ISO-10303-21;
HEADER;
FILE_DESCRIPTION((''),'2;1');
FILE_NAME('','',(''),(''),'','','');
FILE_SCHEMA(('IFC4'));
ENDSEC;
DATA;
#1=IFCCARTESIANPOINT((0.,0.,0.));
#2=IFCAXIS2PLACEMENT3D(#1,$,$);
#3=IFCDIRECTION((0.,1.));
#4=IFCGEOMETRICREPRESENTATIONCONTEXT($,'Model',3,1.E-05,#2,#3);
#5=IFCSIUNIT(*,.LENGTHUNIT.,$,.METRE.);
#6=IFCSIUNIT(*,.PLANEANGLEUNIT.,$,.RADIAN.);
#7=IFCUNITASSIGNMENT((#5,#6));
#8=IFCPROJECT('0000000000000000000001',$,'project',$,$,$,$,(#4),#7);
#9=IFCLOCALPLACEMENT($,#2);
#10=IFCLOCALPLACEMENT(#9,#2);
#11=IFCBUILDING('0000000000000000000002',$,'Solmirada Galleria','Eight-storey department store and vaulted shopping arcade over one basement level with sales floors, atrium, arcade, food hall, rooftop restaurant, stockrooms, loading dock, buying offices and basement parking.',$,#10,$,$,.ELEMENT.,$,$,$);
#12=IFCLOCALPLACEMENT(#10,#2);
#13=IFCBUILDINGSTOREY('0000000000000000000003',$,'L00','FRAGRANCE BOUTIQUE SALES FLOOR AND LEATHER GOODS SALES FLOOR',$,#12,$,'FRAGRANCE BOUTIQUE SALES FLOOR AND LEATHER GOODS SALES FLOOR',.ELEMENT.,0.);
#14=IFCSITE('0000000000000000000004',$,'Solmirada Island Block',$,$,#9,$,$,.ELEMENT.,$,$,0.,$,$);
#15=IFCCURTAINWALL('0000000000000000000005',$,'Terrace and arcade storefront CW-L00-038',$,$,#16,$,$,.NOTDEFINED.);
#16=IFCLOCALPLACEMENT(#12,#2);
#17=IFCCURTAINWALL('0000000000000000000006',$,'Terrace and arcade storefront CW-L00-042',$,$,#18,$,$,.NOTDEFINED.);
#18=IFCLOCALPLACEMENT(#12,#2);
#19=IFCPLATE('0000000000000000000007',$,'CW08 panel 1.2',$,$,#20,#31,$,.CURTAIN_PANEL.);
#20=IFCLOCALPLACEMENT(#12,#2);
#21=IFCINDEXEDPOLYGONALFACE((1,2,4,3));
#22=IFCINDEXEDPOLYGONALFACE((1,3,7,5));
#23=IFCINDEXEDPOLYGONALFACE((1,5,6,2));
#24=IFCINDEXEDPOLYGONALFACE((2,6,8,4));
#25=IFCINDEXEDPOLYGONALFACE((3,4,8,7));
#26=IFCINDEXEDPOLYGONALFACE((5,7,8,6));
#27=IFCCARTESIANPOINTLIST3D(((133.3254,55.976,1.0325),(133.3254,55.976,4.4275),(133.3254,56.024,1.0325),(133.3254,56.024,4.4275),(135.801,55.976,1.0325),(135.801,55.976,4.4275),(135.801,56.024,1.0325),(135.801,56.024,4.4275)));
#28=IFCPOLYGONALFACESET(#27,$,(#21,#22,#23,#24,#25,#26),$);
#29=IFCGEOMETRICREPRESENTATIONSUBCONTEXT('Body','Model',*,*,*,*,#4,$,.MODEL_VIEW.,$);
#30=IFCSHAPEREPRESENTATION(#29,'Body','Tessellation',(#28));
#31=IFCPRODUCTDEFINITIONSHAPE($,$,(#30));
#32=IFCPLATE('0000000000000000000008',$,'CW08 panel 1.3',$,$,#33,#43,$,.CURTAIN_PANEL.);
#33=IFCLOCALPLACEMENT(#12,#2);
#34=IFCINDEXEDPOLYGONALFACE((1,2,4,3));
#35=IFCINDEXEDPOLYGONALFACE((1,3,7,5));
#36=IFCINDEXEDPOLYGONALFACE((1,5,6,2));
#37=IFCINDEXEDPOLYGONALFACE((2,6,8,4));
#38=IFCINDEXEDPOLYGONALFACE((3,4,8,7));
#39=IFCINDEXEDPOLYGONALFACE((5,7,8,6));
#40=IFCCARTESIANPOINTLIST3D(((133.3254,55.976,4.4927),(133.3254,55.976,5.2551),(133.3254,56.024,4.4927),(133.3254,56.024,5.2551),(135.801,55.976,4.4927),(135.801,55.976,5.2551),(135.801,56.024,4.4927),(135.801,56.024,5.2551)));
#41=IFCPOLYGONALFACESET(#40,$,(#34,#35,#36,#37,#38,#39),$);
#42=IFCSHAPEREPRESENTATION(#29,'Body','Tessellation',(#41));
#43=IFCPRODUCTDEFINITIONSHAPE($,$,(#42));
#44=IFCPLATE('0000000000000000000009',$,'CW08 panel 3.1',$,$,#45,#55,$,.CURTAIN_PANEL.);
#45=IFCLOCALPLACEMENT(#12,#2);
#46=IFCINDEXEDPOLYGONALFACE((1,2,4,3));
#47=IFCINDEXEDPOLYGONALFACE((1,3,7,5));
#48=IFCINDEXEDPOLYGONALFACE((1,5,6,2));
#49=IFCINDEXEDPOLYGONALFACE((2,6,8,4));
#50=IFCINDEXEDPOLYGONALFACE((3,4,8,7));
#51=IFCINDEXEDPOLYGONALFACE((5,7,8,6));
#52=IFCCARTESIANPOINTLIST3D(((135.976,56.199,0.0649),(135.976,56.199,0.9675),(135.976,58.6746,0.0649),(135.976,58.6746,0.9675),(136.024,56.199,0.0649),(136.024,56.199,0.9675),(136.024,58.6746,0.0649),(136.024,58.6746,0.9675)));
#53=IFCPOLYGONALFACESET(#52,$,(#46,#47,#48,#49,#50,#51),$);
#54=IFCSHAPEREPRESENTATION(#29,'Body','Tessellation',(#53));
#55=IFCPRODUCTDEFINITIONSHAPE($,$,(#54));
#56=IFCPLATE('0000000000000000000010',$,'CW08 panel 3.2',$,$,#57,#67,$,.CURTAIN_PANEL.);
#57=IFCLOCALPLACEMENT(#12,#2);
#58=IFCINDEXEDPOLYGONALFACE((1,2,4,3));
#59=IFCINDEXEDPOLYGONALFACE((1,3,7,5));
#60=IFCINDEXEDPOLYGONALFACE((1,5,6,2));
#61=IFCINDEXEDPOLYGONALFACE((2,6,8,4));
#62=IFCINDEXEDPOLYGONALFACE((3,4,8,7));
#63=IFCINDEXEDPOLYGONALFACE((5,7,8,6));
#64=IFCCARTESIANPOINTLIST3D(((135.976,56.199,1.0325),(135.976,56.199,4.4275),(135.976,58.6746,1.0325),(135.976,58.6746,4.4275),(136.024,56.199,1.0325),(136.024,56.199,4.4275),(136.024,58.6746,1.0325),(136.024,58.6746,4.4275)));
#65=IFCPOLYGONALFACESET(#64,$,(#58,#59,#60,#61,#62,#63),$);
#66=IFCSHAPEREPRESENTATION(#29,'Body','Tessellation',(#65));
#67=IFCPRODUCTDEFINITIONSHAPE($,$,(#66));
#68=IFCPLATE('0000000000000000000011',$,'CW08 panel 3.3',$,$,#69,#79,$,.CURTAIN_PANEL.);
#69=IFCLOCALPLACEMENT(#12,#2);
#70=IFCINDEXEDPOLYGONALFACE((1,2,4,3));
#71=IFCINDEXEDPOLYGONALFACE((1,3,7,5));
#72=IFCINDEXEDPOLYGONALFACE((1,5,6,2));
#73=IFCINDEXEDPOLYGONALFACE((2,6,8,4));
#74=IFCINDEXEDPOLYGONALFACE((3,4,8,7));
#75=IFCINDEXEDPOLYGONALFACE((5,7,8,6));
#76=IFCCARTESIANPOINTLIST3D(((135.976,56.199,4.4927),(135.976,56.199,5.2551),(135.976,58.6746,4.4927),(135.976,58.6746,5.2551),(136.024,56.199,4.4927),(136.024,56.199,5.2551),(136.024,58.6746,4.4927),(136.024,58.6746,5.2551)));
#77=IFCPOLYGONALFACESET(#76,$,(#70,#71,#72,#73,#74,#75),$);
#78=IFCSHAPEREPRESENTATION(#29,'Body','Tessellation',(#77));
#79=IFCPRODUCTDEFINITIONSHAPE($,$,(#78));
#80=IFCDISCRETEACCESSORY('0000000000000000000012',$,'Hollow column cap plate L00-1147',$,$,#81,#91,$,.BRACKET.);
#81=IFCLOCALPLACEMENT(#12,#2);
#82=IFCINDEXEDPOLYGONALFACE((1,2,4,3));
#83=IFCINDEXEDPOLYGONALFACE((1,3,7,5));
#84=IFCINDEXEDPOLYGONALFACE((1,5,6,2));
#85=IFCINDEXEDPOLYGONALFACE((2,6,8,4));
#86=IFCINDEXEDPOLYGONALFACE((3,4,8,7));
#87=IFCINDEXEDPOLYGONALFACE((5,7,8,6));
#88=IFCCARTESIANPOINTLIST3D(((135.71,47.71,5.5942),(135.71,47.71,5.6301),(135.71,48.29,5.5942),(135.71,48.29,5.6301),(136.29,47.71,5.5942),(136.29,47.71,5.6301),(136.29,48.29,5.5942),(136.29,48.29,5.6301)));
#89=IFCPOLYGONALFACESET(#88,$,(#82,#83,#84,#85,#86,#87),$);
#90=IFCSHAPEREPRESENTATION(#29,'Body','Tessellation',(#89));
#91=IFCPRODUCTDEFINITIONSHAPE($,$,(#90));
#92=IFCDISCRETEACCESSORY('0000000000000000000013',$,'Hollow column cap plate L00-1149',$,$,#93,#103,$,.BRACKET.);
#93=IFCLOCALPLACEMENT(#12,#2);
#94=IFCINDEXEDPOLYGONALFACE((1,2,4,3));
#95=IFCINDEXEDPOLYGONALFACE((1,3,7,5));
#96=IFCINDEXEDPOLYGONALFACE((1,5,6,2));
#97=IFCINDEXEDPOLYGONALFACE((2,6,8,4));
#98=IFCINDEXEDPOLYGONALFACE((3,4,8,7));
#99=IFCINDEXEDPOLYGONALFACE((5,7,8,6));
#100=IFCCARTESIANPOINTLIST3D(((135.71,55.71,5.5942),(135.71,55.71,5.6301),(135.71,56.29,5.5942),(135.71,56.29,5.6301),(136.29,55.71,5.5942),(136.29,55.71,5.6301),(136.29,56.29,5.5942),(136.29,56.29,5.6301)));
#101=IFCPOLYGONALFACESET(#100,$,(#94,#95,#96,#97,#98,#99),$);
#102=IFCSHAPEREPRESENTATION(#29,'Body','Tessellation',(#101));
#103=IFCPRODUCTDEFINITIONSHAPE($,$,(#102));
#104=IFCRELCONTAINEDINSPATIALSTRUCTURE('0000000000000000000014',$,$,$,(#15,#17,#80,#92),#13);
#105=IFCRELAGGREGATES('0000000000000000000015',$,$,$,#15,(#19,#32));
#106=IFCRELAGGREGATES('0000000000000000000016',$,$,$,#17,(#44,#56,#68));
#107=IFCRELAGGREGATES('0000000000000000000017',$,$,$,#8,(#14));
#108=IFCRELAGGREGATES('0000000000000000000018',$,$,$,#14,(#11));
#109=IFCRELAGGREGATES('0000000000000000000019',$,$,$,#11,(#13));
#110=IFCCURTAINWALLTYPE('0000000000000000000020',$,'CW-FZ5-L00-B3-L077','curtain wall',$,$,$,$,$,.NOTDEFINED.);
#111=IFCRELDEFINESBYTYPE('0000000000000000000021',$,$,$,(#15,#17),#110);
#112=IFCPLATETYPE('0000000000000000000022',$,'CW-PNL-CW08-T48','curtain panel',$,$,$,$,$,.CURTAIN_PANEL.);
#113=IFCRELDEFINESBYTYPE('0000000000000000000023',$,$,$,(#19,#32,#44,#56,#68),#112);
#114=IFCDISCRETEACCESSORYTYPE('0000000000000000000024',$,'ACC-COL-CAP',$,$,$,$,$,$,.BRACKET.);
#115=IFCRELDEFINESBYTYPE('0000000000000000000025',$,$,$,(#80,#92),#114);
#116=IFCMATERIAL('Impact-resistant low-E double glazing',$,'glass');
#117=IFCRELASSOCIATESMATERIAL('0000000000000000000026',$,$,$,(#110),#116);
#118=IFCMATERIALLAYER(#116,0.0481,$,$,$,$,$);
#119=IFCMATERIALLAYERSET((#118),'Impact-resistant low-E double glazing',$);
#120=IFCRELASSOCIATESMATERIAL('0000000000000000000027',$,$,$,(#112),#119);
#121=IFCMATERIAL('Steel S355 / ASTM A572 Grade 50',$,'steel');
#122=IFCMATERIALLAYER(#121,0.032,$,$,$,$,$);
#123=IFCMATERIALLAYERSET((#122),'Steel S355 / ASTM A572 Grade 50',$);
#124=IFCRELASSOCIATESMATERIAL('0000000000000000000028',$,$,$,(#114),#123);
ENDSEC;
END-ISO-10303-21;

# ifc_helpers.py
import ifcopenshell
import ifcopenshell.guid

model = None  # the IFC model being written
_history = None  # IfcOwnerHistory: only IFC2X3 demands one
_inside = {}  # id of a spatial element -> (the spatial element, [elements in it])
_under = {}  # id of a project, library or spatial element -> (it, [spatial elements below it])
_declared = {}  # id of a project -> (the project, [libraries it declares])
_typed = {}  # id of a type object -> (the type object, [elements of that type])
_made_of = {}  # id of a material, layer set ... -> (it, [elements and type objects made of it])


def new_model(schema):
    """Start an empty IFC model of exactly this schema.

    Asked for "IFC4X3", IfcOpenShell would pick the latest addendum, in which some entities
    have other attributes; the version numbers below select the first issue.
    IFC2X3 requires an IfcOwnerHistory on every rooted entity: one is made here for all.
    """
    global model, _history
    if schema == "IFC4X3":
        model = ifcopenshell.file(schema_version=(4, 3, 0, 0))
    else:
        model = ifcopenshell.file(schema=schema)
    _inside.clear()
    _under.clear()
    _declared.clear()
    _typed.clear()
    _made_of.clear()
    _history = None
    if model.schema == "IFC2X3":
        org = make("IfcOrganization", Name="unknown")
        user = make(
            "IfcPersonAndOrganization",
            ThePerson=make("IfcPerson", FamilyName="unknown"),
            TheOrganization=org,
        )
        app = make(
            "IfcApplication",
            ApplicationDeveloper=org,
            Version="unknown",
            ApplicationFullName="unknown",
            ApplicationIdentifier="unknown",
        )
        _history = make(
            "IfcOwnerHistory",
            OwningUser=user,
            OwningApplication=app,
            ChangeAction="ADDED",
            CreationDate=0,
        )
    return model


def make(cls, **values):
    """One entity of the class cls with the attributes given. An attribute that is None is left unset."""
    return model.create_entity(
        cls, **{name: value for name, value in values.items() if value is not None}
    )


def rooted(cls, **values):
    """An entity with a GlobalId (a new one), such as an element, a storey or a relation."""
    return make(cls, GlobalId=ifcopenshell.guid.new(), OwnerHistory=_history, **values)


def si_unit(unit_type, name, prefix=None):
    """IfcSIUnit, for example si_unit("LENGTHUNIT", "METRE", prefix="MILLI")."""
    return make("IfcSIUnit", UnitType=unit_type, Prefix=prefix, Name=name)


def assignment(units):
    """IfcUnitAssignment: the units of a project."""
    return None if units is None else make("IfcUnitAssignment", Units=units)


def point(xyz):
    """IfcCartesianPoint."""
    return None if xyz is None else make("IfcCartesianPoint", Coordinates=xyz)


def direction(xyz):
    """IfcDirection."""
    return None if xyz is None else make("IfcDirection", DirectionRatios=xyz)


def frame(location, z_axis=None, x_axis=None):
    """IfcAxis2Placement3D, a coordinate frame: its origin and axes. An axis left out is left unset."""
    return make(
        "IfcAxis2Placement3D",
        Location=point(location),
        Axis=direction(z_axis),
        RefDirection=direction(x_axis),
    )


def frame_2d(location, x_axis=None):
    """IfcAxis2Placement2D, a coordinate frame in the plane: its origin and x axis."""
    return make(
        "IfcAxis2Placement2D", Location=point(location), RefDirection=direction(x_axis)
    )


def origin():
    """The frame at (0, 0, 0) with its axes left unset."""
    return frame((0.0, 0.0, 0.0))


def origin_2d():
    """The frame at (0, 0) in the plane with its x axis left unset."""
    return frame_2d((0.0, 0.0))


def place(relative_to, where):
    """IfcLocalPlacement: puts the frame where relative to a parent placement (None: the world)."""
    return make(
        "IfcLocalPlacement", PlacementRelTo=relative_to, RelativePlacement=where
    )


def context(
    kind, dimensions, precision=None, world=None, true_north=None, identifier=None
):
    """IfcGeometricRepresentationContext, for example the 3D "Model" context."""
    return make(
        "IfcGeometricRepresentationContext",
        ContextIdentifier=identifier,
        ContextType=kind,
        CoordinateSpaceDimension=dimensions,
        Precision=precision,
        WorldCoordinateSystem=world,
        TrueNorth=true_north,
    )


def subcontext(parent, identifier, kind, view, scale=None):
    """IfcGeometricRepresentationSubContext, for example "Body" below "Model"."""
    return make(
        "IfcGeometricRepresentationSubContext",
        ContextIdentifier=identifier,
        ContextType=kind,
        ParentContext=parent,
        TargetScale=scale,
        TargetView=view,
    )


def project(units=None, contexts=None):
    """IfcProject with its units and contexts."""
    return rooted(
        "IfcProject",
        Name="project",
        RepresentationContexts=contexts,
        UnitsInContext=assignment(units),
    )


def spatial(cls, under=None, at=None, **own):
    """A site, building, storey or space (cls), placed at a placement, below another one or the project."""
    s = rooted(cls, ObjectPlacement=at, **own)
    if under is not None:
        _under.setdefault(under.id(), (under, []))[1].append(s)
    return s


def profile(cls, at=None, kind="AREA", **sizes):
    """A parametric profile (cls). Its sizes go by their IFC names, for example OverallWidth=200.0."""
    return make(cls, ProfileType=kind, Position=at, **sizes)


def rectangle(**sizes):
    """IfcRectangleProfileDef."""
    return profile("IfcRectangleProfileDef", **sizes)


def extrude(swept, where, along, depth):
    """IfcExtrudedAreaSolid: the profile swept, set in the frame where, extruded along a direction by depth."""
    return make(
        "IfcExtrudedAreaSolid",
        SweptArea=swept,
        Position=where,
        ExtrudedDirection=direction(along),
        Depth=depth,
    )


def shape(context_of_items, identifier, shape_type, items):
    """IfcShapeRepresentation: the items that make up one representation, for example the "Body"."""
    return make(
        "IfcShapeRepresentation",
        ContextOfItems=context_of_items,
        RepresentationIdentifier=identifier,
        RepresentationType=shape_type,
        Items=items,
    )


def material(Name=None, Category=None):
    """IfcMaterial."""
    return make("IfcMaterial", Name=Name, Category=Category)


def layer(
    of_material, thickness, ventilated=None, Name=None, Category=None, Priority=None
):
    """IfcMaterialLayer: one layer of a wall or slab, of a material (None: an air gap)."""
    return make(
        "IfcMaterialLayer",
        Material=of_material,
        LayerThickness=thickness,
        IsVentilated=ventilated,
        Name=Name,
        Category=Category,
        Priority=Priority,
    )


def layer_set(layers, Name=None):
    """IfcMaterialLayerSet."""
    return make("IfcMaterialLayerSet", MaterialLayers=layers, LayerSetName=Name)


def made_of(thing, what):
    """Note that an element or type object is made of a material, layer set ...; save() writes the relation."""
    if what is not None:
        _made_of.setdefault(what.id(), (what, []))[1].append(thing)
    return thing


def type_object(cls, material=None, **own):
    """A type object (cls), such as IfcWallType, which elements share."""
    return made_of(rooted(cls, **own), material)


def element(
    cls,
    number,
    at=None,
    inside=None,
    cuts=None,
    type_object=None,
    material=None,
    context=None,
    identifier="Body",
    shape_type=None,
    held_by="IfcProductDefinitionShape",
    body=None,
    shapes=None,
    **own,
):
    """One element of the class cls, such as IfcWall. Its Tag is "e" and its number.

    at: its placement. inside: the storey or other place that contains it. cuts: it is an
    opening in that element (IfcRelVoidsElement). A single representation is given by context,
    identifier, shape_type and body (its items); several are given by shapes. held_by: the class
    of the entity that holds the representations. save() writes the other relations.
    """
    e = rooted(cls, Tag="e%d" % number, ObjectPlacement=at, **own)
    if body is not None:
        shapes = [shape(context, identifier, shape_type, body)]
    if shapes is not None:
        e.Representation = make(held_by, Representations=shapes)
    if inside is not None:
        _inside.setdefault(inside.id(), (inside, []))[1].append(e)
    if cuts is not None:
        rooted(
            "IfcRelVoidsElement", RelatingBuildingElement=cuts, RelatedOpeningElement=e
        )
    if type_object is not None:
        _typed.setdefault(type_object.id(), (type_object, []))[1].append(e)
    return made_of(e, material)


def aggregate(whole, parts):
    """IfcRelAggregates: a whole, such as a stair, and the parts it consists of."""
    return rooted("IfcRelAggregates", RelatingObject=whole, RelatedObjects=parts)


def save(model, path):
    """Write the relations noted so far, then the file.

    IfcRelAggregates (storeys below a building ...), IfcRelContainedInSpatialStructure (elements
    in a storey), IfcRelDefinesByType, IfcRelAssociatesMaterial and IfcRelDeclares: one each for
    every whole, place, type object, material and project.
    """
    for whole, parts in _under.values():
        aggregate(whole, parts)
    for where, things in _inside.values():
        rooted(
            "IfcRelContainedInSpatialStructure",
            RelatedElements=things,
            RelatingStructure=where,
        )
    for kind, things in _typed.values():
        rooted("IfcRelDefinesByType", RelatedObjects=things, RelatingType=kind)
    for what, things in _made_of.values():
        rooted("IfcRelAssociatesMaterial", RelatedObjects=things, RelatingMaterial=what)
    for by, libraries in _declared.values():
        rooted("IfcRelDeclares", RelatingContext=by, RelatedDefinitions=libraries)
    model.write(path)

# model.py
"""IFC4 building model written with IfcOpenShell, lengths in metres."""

from ifc_helpers import new_model, si_unit, direction, frame, origin, origin_2d, place, context, subcontext, project, spatial, rectangle, extrude, material, layer, layer_set, type_object, element, aggregate, save


model = new_model("IFC4")

# Units and contexts
model_context = context("Model", 3, precision=1e-05, world=origin(), true_north=direction((0.0, 1.0)))
body_context = subcontext(model_context, "Body", "Model", "MODEL_VIEW")
ifc_project = project(units=[si_unit("LENGTHUNIT", "METRE"), si_unit("PLANEANGLEUNIT", "RADIAN")], contexts=[model_context])

# Site, building, storey
site_placement = place(None, origin())
site = spatial("IfcSite", under=ifc_project, at=site_placement, Name="Solmirada Island Block", CompositionType="ELEMENT", RefElevation=0.0)
building_placement = place(site_placement, origin())
building = spatial("IfcBuilding", under=site, at=building_placement, Name="Solmirada Galleria", Description="Eight-storey department store and vaulted shopping arcade over one basement level with sales floors, atrium, arcade, food hall, rooftop restaurant, stockrooms, loading dock, buying offices and basement parking.", CompositionType="ELEMENT")
storey_placement = place(building_placement, origin())
storey = spatial("IfcBuildingStorey", under=building, at=storey_placement, Name="L00", Description="FRAGRANCE BOUTIQUE SALES FLOOR AND LEATHER GOODS SALES FLOOR", LongName="FRAGRANCE BOUTIQUE SALES FLOOR AND LEATHER GOODS SALES FLOOR", CompositionType="ELEMENT", Elevation=0.0)

# Curtain walls
ifc_material_1 = material(Name="Impact-resistant low-E double glazing", Category="glass")
curtain_wall_type = type_object("IfcCurtainWallType", Name="CW-FZ5-L00-B3-L077", Description="curtain wall", PredefinedType="NOTDEFINED", material=ifc_material_1)
curtain_wall_1_placement = place(storey_placement, origin())
curtain_wall_1 = element("IfcCurtainWall", 1, at=curtain_wall_1_placement, inside=storey, type_object=curtain_wall_type, Name="Terrace and arcade storefront CW-L00-038", PredefinedType="NOTDEFINED")
curtain_wall_2_placement = place(storey_placement, origin())
curtain_wall_2 = element("IfcCurtainWall", 2, at=curtain_wall_2_placement, inside=storey, type_object=curtain_wall_type, Name="Terrace and arcade storefront CW-L00-042", PredefinedType="NOTDEFINED")

# Plates
ifc_layer_1 = layer(ifc_material_1, 0.0481)
ifc_layer_set_1 = layer_set([ifc_layer_1], Name="Impact-resistant low-E double glazing")
plate_type = type_object("IfcPlateType", Name="CW-PNL-CW08-T48", Description="curtain panel", PredefinedType="CURTAIN_PANEL", material=ifc_layer_set_1)
plate_1_placement = place(storey_placement, frame((134.5632, 56.0, 1.0325), z_axis=(0.0, 0.0, 1.0), x_axis=(-1.0, 0.0, 0.0)))
plate_1 = element("IfcPlate", 3, at=plate_1_placement, type_object=plate_type, Name="CW08 panel 1.2", PredefinedType="CURTAIN_PANEL", context=body_context, shape_type="SweptSolid", body=[
    extrude(rectangle(XDim=2.4756, YDim=0.0481, at=origin_2d()), origin(), (0.0, 0.0, 1.0), 3.395),
])
plate_2_placement = place(storey_placement, frame((134.5632, 56.0, 4.4927), z_axis=(0.0, 0.0, 1.0), x_axis=(-1.0, 0.0, 0.0)))
plate_2 = element("IfcPlate", 4, at=plate_2_placement, type_object=plate_type, Name="CW08 panel 1.3", PredefinedType="CURTAIN_PANEL", context=body_context, shape_type="SweptSolid", body=[
    extrude(rectangle(XDim=2.4756, YDim=0.0481, at=origin_2d()), origin(), (0.0, 0.0, 1.0), 0.7625),
])
aggregate(curtain_wall_1, [plate_1, plate_2])
plate_3_placement = place(storey_placement, frame((136.0, 57.4368, 0.0649), z_axis=(0.0, 0.0, 1.0), x_axis=(0.0, -1.0, 0.0)))
plate_3 = element("IfcPlate", 5, at=plate_3_placement, type_object=plate_type, Name="CW08 panel 3.1", PredefinedType="CURTAIN_PANEL", context=body_context, shape_type="SweptSolid", body=[
    extrude(rectangle(XDim=2.4756, YDim=0.0481, at=origin_2d()), origin(), (0.0, 0.0, 1.0), 0.9026),
])
plate_4_placement = place(storey_placement, frame((136.0, 57.4368, 1.0325), z_axis=(0.0, 0.0, 1.0), x_axis=(0.0, -1.0, 0.0)))
plate_4 = element("IfcPlate", 6, at=plate_4_placement, type_object=plate_type, Name="CW08 panel 3.2", PredefinedType="CURTAIN_PANEL", context=body_context, shape_type="SweptSolid", body=[
    extrude(rectangle(XDim=2.4756, YDim=0.0481, at=origin_2d()), origin(), (0.0, 0.0, 1.0), 3.395),
])
plate_5_placement = place(storey_placement, frame((136.0, 57.4368, 4.4927), z_axis=(0.0, 0.0, 1.0), x_axis=(0.0, -1.0, 0.0)))
plate_5 = element("IfcPlate", 7, at=plate_5_placement, type_object=plate_type, Name="CW08 panel 3.3", PredefinedType="CURTAIN_PANEL", context=body_context, shape_type="SweptSolid", body=[
    extrude(rectangle(XDim=2.4756, YDim=0.0481, at=origin_2d()), origin(), (0.0, 0.0, 1.0), 0.7625),
])
aggregate(curtain_wall_2, [plate_3, plate_4, plate_5])

# Discrete accessories
ifc_material_2 = material(Name="Steel S355 / ASTM A572 Grade 50", Category="steel")
ifc_layer_2 = layer(ifc_material_2, 0.032)
ifc_layer_set_2 = layer_set([ifc_layer_2], Name="Steel S355 / ASTM A572 Grade 50")
discrete_accessory_type = type_object("IfcDiscreteAccessoryType", Name="ACC-COL-CAP", PredefinedType="BRACKET", material=ifc_layer_set_2)
for number, where, z_axis, x_axis, name in (
    (8, (136.0, 48.0, 5.5942), (0.0, 0.0, 1.0), (1.0, 0.0, 0.0), "Hollow column cap plate L00-1147"),
    (9, (136.0, 56.0, 5.5942), (0.0, 0.0, 1.0), (1.0, 0.0, 0.0), "Hollow column cap plate L00-1149"),
):
    element("IfcDiscreteAccessory", number, at=place(storey_placement, frame(where, z_axis=z_axis, x_axis=x_axis)), inside=storey, type_object=discrete_accessory_type, Name=name, PredefinedType="BRACKET", context=body_context, shape_type="SweptSolid", body=[
        extrude(rectangle(XDim=0.5801, YDim=0.5801, at=origin_2d()), origin(), (0.0, 0.0, 1.0), 0.0359),
    ])

save(model, "model.ifc")
